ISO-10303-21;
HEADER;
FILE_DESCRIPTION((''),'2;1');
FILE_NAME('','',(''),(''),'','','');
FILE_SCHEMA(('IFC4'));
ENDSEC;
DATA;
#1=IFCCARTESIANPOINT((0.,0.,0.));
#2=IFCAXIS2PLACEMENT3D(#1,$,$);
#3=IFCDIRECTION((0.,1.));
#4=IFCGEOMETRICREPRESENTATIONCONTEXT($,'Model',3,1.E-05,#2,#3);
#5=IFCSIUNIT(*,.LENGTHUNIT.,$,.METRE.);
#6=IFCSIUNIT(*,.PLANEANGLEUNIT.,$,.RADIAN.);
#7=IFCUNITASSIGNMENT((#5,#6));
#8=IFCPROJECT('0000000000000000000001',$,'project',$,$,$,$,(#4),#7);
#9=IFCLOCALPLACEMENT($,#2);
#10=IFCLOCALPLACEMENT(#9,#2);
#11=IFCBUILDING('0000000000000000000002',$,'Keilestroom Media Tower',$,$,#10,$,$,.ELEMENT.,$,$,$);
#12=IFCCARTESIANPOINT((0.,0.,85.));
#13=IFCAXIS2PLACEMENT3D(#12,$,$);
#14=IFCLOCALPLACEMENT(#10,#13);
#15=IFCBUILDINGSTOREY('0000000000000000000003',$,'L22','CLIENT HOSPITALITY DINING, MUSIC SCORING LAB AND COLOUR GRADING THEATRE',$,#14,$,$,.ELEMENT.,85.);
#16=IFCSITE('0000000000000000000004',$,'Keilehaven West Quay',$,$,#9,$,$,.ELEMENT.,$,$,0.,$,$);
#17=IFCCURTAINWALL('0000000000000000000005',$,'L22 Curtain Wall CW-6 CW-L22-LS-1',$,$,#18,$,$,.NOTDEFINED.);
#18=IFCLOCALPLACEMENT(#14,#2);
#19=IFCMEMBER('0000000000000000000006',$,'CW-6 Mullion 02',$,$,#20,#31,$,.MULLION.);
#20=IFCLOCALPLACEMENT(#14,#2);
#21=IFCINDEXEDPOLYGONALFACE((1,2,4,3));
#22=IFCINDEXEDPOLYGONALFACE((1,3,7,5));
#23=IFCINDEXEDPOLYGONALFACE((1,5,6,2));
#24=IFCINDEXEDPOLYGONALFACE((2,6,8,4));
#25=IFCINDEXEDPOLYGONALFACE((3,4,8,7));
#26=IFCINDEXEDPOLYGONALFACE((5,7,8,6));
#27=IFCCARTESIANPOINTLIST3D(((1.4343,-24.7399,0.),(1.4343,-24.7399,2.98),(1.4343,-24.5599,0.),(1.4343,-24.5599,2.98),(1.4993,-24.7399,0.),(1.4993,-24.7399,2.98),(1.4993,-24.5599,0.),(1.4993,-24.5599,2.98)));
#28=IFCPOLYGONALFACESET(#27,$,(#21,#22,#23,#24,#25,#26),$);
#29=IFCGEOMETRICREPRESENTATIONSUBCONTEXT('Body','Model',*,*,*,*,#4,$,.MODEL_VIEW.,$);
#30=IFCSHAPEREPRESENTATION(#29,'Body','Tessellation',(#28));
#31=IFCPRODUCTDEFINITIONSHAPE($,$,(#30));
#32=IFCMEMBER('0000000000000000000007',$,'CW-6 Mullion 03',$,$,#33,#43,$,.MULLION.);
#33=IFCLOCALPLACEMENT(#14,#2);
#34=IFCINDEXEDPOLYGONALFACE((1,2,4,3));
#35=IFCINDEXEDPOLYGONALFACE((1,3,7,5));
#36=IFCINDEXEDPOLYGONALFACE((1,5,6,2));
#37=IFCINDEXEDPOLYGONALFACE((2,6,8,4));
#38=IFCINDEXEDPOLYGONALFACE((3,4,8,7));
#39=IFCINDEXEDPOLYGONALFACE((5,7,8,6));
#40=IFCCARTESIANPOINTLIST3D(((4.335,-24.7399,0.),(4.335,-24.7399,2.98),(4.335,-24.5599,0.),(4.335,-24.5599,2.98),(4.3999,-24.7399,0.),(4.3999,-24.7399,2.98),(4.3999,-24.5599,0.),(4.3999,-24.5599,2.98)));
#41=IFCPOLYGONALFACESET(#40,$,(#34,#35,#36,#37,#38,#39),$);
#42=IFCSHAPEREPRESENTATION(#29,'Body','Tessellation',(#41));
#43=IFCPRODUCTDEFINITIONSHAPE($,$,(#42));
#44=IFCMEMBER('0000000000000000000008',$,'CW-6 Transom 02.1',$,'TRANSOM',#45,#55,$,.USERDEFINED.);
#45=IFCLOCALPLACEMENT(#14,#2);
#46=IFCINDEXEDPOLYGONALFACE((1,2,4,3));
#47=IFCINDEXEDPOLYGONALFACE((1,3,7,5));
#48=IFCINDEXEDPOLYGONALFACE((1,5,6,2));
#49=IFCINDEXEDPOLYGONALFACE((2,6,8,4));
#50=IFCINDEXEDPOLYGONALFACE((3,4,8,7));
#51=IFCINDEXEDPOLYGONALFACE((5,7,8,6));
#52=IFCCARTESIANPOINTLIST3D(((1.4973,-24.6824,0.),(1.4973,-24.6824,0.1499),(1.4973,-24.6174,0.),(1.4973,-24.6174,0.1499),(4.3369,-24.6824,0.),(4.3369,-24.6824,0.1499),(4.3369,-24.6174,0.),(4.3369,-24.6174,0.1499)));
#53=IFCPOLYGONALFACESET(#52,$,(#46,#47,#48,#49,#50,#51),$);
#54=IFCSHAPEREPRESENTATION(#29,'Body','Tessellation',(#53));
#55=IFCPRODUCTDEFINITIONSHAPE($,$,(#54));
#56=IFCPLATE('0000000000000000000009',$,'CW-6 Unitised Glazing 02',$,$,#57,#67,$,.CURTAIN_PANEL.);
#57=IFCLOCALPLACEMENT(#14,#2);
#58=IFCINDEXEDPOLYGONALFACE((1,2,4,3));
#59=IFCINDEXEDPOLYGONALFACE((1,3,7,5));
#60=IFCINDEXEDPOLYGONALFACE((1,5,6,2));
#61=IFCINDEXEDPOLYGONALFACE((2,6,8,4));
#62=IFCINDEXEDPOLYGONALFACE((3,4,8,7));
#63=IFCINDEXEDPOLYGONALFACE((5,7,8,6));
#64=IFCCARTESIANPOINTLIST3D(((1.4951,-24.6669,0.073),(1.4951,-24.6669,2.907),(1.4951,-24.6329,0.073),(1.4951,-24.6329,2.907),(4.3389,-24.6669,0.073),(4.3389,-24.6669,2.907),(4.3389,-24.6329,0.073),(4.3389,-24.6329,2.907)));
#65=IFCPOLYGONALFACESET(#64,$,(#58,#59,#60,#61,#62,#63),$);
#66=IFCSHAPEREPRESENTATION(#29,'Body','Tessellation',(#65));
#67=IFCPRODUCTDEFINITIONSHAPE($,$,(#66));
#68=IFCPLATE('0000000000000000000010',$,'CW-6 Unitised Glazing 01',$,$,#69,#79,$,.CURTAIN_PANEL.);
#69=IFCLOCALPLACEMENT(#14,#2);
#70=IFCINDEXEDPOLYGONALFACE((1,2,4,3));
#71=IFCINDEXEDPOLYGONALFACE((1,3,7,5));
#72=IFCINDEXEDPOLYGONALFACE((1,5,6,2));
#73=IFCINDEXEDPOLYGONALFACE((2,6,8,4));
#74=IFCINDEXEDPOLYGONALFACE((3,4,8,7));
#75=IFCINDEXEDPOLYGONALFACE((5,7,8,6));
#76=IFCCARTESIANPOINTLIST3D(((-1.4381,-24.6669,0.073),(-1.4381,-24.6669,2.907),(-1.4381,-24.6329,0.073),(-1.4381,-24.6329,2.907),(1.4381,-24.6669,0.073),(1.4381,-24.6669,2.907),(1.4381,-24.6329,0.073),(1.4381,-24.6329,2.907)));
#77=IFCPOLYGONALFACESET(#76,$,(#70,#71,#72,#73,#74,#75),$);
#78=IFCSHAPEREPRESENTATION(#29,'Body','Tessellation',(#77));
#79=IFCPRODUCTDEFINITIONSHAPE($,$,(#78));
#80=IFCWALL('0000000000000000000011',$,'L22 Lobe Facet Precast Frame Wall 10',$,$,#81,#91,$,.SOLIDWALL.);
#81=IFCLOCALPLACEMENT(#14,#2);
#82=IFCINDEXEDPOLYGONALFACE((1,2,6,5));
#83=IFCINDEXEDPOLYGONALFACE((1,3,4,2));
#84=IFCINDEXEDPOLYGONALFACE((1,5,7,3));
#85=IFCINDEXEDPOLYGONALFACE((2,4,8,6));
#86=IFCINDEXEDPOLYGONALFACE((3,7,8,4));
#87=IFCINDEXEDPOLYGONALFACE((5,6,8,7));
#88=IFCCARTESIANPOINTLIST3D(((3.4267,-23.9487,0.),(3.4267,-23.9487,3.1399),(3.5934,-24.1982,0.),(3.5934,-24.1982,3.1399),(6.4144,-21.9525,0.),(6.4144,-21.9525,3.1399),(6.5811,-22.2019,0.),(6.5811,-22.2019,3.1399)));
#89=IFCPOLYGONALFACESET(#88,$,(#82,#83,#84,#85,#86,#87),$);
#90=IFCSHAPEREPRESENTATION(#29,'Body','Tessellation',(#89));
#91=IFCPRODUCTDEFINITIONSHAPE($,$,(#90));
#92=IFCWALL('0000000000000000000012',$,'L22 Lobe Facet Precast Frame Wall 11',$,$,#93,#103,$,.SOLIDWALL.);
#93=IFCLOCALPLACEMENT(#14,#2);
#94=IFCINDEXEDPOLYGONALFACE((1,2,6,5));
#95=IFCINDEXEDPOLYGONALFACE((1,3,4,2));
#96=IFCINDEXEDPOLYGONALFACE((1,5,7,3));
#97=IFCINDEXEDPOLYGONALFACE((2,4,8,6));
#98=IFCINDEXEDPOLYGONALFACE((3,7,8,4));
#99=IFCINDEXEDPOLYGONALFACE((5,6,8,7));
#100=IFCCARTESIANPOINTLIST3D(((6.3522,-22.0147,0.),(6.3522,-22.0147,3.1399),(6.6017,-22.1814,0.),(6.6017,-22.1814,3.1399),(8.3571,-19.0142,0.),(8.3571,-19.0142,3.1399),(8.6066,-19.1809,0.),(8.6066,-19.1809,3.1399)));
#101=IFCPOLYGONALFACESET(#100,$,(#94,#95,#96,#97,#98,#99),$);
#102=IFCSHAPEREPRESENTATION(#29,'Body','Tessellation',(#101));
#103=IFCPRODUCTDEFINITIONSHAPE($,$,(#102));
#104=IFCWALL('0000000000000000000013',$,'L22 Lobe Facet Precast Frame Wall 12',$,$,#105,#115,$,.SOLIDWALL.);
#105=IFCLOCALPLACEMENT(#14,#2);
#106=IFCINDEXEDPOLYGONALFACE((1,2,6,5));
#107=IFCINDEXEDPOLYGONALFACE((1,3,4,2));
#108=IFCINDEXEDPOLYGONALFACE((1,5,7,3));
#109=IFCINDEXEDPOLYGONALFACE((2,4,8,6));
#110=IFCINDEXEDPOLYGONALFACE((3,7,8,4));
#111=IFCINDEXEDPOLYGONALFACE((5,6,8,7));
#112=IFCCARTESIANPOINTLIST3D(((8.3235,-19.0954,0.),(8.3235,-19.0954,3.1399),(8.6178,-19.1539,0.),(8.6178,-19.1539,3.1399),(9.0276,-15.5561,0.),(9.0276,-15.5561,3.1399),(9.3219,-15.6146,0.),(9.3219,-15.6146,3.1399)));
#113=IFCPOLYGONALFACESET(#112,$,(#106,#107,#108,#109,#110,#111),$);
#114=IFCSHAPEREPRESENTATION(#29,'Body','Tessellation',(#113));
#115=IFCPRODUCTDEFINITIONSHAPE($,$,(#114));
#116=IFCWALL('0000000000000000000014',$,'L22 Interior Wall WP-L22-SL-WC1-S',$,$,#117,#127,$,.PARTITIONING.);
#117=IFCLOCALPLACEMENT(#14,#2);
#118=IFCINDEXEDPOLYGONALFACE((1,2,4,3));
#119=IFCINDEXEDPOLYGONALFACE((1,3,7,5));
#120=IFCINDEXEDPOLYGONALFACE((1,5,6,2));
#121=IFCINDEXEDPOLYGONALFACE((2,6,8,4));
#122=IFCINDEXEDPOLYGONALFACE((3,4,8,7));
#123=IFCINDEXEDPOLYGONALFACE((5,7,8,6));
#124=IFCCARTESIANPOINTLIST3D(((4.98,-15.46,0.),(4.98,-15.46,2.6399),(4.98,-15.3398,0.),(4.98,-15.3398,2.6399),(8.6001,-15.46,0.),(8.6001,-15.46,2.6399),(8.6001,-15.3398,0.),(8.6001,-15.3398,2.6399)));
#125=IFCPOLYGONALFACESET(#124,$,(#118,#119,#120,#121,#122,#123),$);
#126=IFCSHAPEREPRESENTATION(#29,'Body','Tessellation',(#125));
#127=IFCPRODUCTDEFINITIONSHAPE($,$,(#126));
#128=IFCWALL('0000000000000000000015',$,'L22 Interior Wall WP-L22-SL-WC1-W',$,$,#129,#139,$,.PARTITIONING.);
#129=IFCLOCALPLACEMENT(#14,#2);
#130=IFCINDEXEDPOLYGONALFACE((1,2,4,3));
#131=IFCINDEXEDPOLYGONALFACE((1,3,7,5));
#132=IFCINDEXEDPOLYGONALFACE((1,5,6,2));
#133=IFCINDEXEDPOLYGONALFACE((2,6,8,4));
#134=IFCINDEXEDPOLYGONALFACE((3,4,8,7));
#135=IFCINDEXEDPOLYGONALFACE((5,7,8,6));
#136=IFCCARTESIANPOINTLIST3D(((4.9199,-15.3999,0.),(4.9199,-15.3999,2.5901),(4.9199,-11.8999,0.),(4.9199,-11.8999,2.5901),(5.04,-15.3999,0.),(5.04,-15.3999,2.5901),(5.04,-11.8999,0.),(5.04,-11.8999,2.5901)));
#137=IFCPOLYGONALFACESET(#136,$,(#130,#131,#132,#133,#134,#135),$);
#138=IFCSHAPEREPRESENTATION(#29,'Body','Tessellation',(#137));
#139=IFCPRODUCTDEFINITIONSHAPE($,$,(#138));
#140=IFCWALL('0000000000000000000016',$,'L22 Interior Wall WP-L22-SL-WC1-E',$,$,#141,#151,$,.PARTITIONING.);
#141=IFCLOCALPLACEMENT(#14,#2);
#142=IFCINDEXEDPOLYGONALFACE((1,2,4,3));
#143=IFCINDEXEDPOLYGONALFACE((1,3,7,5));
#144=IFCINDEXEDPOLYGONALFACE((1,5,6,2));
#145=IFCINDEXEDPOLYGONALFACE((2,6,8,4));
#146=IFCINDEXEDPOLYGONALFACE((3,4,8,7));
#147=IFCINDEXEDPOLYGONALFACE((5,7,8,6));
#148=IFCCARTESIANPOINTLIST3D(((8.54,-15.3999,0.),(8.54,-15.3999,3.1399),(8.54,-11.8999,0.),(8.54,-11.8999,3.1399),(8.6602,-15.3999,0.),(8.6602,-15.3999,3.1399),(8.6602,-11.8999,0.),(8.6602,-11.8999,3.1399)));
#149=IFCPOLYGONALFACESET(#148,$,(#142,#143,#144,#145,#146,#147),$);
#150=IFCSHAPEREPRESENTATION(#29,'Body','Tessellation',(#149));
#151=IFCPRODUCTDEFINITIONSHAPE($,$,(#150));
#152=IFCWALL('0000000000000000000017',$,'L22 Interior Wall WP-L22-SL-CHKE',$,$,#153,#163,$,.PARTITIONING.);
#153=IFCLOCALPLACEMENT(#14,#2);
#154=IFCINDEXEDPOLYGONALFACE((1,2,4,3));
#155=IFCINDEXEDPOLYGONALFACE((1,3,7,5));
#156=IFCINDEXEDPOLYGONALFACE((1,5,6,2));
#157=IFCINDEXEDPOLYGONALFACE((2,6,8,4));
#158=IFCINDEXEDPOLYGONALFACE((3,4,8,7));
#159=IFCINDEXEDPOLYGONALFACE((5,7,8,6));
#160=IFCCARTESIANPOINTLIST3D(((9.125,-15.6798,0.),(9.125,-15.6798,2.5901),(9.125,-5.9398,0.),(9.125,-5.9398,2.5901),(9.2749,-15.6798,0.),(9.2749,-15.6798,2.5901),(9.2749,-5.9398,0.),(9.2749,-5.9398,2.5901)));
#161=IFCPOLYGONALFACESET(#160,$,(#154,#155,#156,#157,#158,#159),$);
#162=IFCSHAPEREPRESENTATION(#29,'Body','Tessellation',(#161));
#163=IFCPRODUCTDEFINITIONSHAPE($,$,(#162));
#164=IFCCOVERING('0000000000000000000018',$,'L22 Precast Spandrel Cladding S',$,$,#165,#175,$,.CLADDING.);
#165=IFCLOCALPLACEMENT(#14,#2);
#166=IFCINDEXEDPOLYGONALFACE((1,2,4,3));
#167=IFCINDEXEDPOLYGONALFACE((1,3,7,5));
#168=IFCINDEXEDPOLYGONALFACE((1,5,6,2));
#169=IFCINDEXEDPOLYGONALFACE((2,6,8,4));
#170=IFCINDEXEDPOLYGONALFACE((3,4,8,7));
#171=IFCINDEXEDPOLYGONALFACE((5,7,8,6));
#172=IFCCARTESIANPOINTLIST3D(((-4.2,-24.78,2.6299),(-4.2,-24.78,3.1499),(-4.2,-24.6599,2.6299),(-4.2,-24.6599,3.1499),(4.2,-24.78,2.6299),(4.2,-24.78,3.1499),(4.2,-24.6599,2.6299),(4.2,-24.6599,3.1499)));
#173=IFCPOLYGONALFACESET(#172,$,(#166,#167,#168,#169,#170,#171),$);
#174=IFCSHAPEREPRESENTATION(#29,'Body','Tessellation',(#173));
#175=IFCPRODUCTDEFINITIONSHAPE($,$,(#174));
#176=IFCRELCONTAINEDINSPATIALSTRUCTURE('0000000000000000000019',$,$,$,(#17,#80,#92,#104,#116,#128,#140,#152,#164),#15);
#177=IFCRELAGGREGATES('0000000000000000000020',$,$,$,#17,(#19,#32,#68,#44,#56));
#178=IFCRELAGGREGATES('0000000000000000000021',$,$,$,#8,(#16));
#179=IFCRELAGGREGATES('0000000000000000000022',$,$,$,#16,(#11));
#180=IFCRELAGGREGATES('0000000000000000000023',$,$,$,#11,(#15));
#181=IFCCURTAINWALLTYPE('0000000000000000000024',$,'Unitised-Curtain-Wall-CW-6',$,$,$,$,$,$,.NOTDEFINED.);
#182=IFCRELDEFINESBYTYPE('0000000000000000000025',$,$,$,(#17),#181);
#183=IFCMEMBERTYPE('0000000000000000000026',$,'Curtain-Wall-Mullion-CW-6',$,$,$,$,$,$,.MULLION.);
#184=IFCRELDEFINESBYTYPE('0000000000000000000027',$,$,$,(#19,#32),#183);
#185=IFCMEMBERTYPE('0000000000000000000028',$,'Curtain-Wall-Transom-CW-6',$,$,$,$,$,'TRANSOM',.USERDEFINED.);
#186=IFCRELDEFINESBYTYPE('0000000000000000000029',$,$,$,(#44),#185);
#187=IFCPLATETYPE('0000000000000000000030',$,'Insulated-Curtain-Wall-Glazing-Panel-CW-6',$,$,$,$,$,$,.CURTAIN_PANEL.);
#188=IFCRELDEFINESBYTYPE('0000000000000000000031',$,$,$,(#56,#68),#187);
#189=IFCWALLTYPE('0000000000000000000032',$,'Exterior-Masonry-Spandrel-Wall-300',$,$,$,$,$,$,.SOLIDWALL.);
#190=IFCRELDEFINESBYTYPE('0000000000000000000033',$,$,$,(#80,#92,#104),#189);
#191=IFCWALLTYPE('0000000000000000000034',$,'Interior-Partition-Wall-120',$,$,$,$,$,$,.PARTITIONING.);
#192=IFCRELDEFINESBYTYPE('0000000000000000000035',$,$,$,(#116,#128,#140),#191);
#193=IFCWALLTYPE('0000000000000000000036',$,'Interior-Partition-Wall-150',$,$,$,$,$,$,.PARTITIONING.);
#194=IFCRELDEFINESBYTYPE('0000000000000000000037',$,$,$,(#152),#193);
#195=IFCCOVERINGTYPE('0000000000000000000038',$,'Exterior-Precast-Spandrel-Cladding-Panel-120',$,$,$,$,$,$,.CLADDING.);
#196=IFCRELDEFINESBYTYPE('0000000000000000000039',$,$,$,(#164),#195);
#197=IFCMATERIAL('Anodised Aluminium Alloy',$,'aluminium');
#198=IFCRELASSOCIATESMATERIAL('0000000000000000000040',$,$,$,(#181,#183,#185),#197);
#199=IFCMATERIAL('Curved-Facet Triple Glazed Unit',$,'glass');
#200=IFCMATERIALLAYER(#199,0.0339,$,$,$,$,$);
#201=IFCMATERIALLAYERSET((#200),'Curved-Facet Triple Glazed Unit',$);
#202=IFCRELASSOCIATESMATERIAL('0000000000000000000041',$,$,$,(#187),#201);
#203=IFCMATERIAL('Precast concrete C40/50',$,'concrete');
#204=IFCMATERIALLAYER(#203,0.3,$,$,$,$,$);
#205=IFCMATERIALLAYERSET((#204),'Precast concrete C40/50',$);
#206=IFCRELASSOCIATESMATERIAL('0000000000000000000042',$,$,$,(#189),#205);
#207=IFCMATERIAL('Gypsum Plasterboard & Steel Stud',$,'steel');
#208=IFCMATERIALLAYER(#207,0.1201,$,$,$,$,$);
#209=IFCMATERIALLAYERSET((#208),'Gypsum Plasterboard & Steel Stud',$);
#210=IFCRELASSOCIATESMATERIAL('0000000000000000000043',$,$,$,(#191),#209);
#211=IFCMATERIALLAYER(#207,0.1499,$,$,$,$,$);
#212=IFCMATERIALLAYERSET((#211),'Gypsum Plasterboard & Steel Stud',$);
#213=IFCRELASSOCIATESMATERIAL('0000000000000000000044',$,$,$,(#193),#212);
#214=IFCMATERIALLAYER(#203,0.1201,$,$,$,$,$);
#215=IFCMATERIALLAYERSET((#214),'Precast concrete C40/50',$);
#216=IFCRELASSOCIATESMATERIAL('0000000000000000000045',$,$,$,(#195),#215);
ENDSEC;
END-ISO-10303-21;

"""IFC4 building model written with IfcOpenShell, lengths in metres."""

from ifc_helpers import new_model, si_unit, direction, frame, frame_2d, origin, origin_2d, place, context, subcontext, project, spatial, rectangle, extrude, source, transform, mapped, material, layer, layer_set, material_profile, profile_set, type_object, element, aggregate, save


model = new_model("IFC4")

# Units and contexts
model_context = context("Model", 3, precision=1e-05, world=origin(), true_north=direction((0.0, 1.0)))
body_context = subcontext(model_context, "Body", "Model", "MODEL_VIEW")
ifc_project = project(units=[si_unit("LENGTHUNIT", "METRE"), si_unit("PLANEANGLEUNIT", "RADIAN")], contexts=[model_context])

# Site, building, storey
site_placement = place(None, origin())
site = spatial("IfcSite", under=ifc_project, at=site_placement, Name="Keilehaven West Quay", CompositionType="ELEMENT", RefElevation=0.0)
building_placement = place(site_placement, origin())
building = spatial("IfcBuilding", under=site, at=building_placement, Name="Keilestroom Media Tower", CompositionType="ELEMENT")
storey_placement = place(building_placement, frame((0.0, 0.0, 85.0)))
storey = spatial("IfcBuildingStorey", under=building, at=storey_placement, Name="L22", Description="CLIENT HOSPITALITY DINING, MUSIC SCORING LAB AND COLOUR GRADING THEATRE", CompositionType="ELEMENT", Elevation=85.0)

# Curtain wall, members, plates
ifc_material_1 = material(Name="Anodised Aluminium Alloy", Category="aluminium")
curtain_wall_type = type_object("IfcCurtainWallType", Name="Unitised-Curtain-Wall-CW-6", PredefinedType="NOTDEFINED", material=ifc_material_1)
curtain_wall_placement = place(storey_placement, origin())
curtain_wall = element("IfcCurtainWall", 1, at=curtain_wall_placement, inside=storey, type_object=curtain_wall_type, Name="L22 Curtain Wall CW-6 CW-L22-LS-1", PredefinedType="NOTDEFINED")
ifc_material_profile_1 = material_profile(ifc_material_1, rectangle(XDim=0.0649, YDim=0.1799, at=origin_2d()), Name="ALU MULLION 65x180")
ifc_profile_set_1 = profile_set([ifc_material_profile_1], Name="Anodised Aluminium Alloy")
member_type_1 = type_object("IfcMemberType", Name="Curtain-Wall-Mullion-CW-6", PredefinedType="MULLION", material=ifc_profile_set_1)
shared_shape_1 = source(origin(), body_context, "Body", "SweptSolid", [
    extrude(rectangle(XDim=0.0649, YDim=0.1799, at=origin_2d()), origin(), (0.0, 0.0, 1.0), 2.98),
])
member_1_placement = place(storey_placement, frame((1.4668, -24.6499, 0.0), z_axis=(0.0, 0.0, 1.0), x_axis=(1.0, 0.0, 0.0)))
member_1 = element("IfcMember", 2, at=member_1_placement, type_object=member_type_1, Name="CW-6 Mullion 02", PredefinedType="MULLION", context=body_context, shape_type="MappedRepresentation", body=[
    mapped(shared_shape_1, transform((0.0, 0.0, 0.0), x_axis=(1.0, 0.0, 0.0), y_axis=(0.0, 1.0, 0.0), z_axis=(0.0, 0.0, 1.0), scale=1.0)),
])
member_2_placement = place(storey_placement, frame((4.3674, -24.6499, 0.0), z_axis=(0.0, 0.0, 1.0), x_axis=(1.0, 0.0, 0.0)))
member_2 = element("IfcMember", 3, at=member_2_placement, type_object=member_type_1, Name="CW-6 Mullion 03", PredefinedType="MULLION", context=body_context, shape_type="MappedRepresentation", body=[
    mapped(shared_shape_1, transform((0.0, 0.0, 0.0), x_axis=(1.0, 0.0, 0.0), y_axis=(0.0, 1.0, 0.0), z_axis=(0.0, 0.0, 1.0), scale=1.0)),
])
ifc_material_profile_2 = material_profile(ifc_material_1, rectangle(XDim=0.0649, YDim=0.1499, at=origin_2d()), Name="ALU TRANSOM 65x150")
ifc_profile_set_2 = profile_set([ifc_material_profile_2], Name="Anodised Aluminium Alloy")
member_type_2 = type_object("IfcMemberType", Name="Curtain-Wall-Transom-CW-6", ElementType="TRANSOM", PredefinedType="USERDEFINED", material=ifc_profile_set_2)
shared_shape_2 = source(origin(), body_context, "Body", "SweptSolid", [
    extrude(rectangle(XDim=0.0649, YDim=0.1499, at=origin_2d()), origin(), (0.0, 0.0, 1.0), 2.8396),
])
member_3_placement = place(storey_placement, frame((1.4973, -24.6499, 0.075), z_axis=(1.0, 0.0, 0.0), x_axis=(0.0, 1.0, 0.0)))
member_3 = element("IfcMember", 4, at=member_3_placement, type_object=member_type_2, Name="CW-6 Transom 02.1", ObjectType="TRANSOM", PredefinedType="USERDEFINED", context=body_context, shape_type="MappedRepresentation", body=[
    mapped(shared_shape_2, transform((0.0, 0.0, 0.0), x_axis=(1.0, 0.0, 0.0), y_axis=(0.0, 1.0, 0.0), z_axis=(0.0, 0.0, 1.0), scale=1.0)),
])
ifc_material_2 = material(Name="Curved-Facet Triple Glazed Unit", Category="glass")
ifc_layer_1 = layer(ifc_material_2, 0.0339)
ifc_layer_set_1 = layer_set([ifc_layer_1], Name="Curved-Facet Triple Glazed Unit")
plate_type = type_object("IfcPlateType", Name="Insulated-Curtain-Wall-Glazing-Panel-CW-6", PredefinedType="CURTAIN_PANEL", material=ifc_layer_set_1)
shared_shape_3 = source(origin(), body_context, "Body", "SweptSolid", [
    extrude(rectangle(XDim=2.8438, YDim=0.0339, at=origin_2d()), origin(), (0.0, 0.0, 1.0), 2.834),
])
plate_1_placement = place(storey_placement, frame((2.917, -24.6499, 0.073), z_axis=(0.0, 0.0, 1.0), x_axis=(1.0, 0.0, 0.0)))
plate_1 = element("IfcPlate", 5, at=plate_1_placement, type_object=plate_type, Name="CW-6 Unitised Glazing 02", PredefinedType="CURTAIN_PANEL", context=body_context, shape_type="MappedRepresentation", body=[
    mapped(shared_shape_3, transform((0.0, 0.0, 0.0), x_axis=(1.0, 0.0, 0.0), y_axis=(0.0, 1.0, 0.0), z_axis=(0.0, 0.0, 1.0), scale=1.0)),
])
shared_shape_4 = source(origin(), body_context, "Body", "SweptSolid", [
    extrude(rectangle(XDim=2.8762, YDim=0.0339, at=origin_2d()), origin(), (0.0, 0.0, 1.0), 2.834),
])
plate_2_placement = place(storey_placement, frame((0.0, -24.6499, 0.073), z_axis=(0.0, 0.0, 1.0), x_axis=(1.0, 0.0, 0.0)))
plate_2 = element("IfcPlate", 6, at=plate_2_placement, type_object=plate_type, Name="CW-6 Unitised Glazing 01", PredefinedType="CURTAIN_PANEL", context=body_context, shape_type="MappedRepresentation", body=[
    mapped(shared_shape_4, transform((0.0, 0.0, 0.0), x_axis=(1.0, 0.0, 0.0), y_axis=(0.0, 1.0, 0.0), z_axis=(0.0, 0.0, 1.0), scale=1.0)),
])
aggregate(curtain_wall, [member_1, member_2, plate_2, member_3, plate_1])

# Walls
ifc_material_3 = material(Name="Precast concrete C40/50", Category="concrete")
ifc_layer_2 = layer(ifc_material_3, 0.3)
ifc_layer_set_2 = layer_set([ifc_layer_2], Name="Precast concrete C40/50")
wall_type_1 = type_object("IfcWallType", Name="Exterior-Masonry-Spandrel-Wall-300", PredefinedType="SOLIDWALL", material=ifc_layer_set_2)
wall_1_placement = place(storey_placement, frame((3.51, -24.0735, 0.0), z_axis=(0.0, 0.0, 1.0), x_axis=(0.831475, 0.555562, 0.0)))
element("IfcWall", 7, at=wall_1_placement, inside=storey, type_object=wall_type_1, Name="L22 Lobe Facet Precast Frame Wall 10", PredefinedType="SOLIDWALL", context=body_context, shape_type="SweptSolid", body=[
    extrude(rectangle(XDim=3.5933, YDim=0.3, at=frame_2d((1.7966, 0.0))), origin(), (0.0, 0.0, 1.0), 3.1399),
])
for number, where, z_axis, x_axis, name in (
    (8, (6.4771, -22.0979, 0.0), (0.0, 0.0, 1.0), (0.555574, 0.831467, 0.0), "L22 Lobe Facet Precast Frame Wall 11"),
    (9, (8.4707, -19.1245, 0.0), (0.0, 0.0, 1.0), (0.195114, 0.980781, 0.0), "L22 Lobe Facet Precast Frame Wall 12"),
):
    element("IfcWall", number, at=place(storey_placement, frame(where, z_axis=z_axis, x_axis=x_axis)), inside=storey, type_object=wall_type_1, Name=name, PredefinedType="SOLIDWALL", context=body_context, shape_type="SweptSolid", body=[
        extrude(rectangle(XDim=3.6086, YDim=0.3, at=frame_2d((1.8042, 0.0))), origin(), (0.0, 0.0, 1.0), 3.1399),
    ])
ifc_material_4 = material(Name="Gypsum Plasterboard & Steel Stud", Category="steel")
ifc_layer_3 = layer(ifc_material_4, 0.1201)
ifc_layer_set_3 = layer_set([ifc_layer_3], Name="Gypsum Plasterboard & Steel Stud")
wall_type_2 = type_object("IfcWallType", Name="Interior-Partition-Wall-120", PredefinedType="PARTITIONING", material=ifc_layer_set_3)
wall_2_placement = place(storey_placement, frame((4.98, -15.3999, 0.0), z_axis=(0.0, 0.0, 1.0), x_axis=(1.0, 0.0, 0.0)))
element("IfcWall", 10, at=wall_2_placement, inside=storey, type_object=wall_type_2, Name="L22 Interior Wall WP-L22-SL-WC1-S", PredefinedType="PARTITIONING", context=body_context, shape_type="SweptSolid", body=[
    extrude(rectangle(XDim=3.6201, YDim=0.1201, at=frame_2d((1.8101, 0.0))), origin(), (0.0, 0.0, 1.0), 2.6399),
])
wall_3_placement = place(storey_placement, frame((4.98, -15.3999, 0.0), z_axis=(0.0, 0.0, 1.0), x_axis=(0.0, 1.0, 0.0)))
element("IfcWall", 11, at=wall_3_placement, inside=storey, type_object=wall_type_2, Name="L22 Interior Wall WP-L22-SL-WC1-W", PredefinedType="PARTITIONING", context=body_context, shape_type="SweptSolid", body=[
    extrude(rectangle(XDim=3.5, YDim=0.1201, at=frame_2d((1.75, 0.0))), origin(), (0.0, 0.0, 1.0), 2.5901),
])
wall_4_placement = place(storey_placement, frame((8.6001, -15.3999, 0.0), z_axis=(0.0, 0.0, 1.0), x_axis=(0.0, 1.0, 0.0)))
element("IfcWall", 12, at=wall_4_placement, inside=storey, type_object=wall_type_2, Name="L22 Interior Wall WP-L22-SL-WC1-E", PredefinedType="PARTITIONING", context=body_context, shape_type="SweptSolid", body=[
    extrude(rectangle(XDim=3.5, YDim=0.1201, at=frame_2d((1.75, 0.0))), origin(), (0.0, 0.0, 1.0), 3.1399),
])
ifc_layer_4 = layer(ifc_material_4, 0.1499)
ifc_layer_set_4 = layer_set([ifc_layer_4], Name="Gypsum Plasterboard & Steel Stud")
wall_type_3 = type_object("IfcWallType", Name="Interior-Partition-Wall-150", PredefinedType="PARTITIONING", material=ifc_layer_set_4)
wall_5_placement = place(storey_placement, frame((9.2, -15.6799, 0.0), z_axis=(0.0, 0.0, 1.0), x_axis=(0.0, 1.0, 0.0)))
element("IfcWall", 13, at=wall_5_placement, inside=storey, type_object=wall_type_3, Name="L22 Interior Wall WP-L22-SL-CHKE", PredefinedType="PARTITIONING", context=body_context, shape_type="SweptSolid", body=[
    extrude(rectangle(XDim=9.74, YDim=0.1499, at=frame_2d((4.8701, 0.0))), origin(), (0.0, 0.0, 1.0), 2.5901),
])

# Covering
ifc_layer_5 = layer(ifc_material_3, 0.1201)
ifc_layer_set_5 = layer_set([ifc_layer_5], Name="Precast concrete C40/50")
covering_type = type_object("IfcCoveringType", Name="Exterior-Precast-Spandrel-Cladding-Panel-120", PredefinedType="CLADDING", material=ifc_layer_set_5)
shared_shape_5 = source(origin(), body_context, "Body", "SweptSolid", [
    extrude(rectangle(XDim=8.3999, YDim=0.1201, at=origin_2d()), origin(), (0.0, 0.0, 1.0), 0.52),
])
covering_1_placement = place(storey_placement, frame((0.0, -24.72, 2.6299), z_axis=(0.0, 0.0, 1.0), x_axis=(1.0, 0.0, 0.0)))
element("IfcCovering", 14, at=covering_1_placement, inside=storey, type_object=covering_type, Name="L22 Precast Spandrel Cladding S", PredefinedType="CLADDING", context=body_context, shape_type="MappedRepresentation", body=[
    mapped(shared_shape_5, transform((0.0, 0.0, 0.0), x_axis=(1.0, 0.0, 0.0), y_axis=(0.0, 1.0, 0.0), z_axis=(0.0, 0.0, 1.0), scale=1.0)),
])

save(model, "model.ifc")
